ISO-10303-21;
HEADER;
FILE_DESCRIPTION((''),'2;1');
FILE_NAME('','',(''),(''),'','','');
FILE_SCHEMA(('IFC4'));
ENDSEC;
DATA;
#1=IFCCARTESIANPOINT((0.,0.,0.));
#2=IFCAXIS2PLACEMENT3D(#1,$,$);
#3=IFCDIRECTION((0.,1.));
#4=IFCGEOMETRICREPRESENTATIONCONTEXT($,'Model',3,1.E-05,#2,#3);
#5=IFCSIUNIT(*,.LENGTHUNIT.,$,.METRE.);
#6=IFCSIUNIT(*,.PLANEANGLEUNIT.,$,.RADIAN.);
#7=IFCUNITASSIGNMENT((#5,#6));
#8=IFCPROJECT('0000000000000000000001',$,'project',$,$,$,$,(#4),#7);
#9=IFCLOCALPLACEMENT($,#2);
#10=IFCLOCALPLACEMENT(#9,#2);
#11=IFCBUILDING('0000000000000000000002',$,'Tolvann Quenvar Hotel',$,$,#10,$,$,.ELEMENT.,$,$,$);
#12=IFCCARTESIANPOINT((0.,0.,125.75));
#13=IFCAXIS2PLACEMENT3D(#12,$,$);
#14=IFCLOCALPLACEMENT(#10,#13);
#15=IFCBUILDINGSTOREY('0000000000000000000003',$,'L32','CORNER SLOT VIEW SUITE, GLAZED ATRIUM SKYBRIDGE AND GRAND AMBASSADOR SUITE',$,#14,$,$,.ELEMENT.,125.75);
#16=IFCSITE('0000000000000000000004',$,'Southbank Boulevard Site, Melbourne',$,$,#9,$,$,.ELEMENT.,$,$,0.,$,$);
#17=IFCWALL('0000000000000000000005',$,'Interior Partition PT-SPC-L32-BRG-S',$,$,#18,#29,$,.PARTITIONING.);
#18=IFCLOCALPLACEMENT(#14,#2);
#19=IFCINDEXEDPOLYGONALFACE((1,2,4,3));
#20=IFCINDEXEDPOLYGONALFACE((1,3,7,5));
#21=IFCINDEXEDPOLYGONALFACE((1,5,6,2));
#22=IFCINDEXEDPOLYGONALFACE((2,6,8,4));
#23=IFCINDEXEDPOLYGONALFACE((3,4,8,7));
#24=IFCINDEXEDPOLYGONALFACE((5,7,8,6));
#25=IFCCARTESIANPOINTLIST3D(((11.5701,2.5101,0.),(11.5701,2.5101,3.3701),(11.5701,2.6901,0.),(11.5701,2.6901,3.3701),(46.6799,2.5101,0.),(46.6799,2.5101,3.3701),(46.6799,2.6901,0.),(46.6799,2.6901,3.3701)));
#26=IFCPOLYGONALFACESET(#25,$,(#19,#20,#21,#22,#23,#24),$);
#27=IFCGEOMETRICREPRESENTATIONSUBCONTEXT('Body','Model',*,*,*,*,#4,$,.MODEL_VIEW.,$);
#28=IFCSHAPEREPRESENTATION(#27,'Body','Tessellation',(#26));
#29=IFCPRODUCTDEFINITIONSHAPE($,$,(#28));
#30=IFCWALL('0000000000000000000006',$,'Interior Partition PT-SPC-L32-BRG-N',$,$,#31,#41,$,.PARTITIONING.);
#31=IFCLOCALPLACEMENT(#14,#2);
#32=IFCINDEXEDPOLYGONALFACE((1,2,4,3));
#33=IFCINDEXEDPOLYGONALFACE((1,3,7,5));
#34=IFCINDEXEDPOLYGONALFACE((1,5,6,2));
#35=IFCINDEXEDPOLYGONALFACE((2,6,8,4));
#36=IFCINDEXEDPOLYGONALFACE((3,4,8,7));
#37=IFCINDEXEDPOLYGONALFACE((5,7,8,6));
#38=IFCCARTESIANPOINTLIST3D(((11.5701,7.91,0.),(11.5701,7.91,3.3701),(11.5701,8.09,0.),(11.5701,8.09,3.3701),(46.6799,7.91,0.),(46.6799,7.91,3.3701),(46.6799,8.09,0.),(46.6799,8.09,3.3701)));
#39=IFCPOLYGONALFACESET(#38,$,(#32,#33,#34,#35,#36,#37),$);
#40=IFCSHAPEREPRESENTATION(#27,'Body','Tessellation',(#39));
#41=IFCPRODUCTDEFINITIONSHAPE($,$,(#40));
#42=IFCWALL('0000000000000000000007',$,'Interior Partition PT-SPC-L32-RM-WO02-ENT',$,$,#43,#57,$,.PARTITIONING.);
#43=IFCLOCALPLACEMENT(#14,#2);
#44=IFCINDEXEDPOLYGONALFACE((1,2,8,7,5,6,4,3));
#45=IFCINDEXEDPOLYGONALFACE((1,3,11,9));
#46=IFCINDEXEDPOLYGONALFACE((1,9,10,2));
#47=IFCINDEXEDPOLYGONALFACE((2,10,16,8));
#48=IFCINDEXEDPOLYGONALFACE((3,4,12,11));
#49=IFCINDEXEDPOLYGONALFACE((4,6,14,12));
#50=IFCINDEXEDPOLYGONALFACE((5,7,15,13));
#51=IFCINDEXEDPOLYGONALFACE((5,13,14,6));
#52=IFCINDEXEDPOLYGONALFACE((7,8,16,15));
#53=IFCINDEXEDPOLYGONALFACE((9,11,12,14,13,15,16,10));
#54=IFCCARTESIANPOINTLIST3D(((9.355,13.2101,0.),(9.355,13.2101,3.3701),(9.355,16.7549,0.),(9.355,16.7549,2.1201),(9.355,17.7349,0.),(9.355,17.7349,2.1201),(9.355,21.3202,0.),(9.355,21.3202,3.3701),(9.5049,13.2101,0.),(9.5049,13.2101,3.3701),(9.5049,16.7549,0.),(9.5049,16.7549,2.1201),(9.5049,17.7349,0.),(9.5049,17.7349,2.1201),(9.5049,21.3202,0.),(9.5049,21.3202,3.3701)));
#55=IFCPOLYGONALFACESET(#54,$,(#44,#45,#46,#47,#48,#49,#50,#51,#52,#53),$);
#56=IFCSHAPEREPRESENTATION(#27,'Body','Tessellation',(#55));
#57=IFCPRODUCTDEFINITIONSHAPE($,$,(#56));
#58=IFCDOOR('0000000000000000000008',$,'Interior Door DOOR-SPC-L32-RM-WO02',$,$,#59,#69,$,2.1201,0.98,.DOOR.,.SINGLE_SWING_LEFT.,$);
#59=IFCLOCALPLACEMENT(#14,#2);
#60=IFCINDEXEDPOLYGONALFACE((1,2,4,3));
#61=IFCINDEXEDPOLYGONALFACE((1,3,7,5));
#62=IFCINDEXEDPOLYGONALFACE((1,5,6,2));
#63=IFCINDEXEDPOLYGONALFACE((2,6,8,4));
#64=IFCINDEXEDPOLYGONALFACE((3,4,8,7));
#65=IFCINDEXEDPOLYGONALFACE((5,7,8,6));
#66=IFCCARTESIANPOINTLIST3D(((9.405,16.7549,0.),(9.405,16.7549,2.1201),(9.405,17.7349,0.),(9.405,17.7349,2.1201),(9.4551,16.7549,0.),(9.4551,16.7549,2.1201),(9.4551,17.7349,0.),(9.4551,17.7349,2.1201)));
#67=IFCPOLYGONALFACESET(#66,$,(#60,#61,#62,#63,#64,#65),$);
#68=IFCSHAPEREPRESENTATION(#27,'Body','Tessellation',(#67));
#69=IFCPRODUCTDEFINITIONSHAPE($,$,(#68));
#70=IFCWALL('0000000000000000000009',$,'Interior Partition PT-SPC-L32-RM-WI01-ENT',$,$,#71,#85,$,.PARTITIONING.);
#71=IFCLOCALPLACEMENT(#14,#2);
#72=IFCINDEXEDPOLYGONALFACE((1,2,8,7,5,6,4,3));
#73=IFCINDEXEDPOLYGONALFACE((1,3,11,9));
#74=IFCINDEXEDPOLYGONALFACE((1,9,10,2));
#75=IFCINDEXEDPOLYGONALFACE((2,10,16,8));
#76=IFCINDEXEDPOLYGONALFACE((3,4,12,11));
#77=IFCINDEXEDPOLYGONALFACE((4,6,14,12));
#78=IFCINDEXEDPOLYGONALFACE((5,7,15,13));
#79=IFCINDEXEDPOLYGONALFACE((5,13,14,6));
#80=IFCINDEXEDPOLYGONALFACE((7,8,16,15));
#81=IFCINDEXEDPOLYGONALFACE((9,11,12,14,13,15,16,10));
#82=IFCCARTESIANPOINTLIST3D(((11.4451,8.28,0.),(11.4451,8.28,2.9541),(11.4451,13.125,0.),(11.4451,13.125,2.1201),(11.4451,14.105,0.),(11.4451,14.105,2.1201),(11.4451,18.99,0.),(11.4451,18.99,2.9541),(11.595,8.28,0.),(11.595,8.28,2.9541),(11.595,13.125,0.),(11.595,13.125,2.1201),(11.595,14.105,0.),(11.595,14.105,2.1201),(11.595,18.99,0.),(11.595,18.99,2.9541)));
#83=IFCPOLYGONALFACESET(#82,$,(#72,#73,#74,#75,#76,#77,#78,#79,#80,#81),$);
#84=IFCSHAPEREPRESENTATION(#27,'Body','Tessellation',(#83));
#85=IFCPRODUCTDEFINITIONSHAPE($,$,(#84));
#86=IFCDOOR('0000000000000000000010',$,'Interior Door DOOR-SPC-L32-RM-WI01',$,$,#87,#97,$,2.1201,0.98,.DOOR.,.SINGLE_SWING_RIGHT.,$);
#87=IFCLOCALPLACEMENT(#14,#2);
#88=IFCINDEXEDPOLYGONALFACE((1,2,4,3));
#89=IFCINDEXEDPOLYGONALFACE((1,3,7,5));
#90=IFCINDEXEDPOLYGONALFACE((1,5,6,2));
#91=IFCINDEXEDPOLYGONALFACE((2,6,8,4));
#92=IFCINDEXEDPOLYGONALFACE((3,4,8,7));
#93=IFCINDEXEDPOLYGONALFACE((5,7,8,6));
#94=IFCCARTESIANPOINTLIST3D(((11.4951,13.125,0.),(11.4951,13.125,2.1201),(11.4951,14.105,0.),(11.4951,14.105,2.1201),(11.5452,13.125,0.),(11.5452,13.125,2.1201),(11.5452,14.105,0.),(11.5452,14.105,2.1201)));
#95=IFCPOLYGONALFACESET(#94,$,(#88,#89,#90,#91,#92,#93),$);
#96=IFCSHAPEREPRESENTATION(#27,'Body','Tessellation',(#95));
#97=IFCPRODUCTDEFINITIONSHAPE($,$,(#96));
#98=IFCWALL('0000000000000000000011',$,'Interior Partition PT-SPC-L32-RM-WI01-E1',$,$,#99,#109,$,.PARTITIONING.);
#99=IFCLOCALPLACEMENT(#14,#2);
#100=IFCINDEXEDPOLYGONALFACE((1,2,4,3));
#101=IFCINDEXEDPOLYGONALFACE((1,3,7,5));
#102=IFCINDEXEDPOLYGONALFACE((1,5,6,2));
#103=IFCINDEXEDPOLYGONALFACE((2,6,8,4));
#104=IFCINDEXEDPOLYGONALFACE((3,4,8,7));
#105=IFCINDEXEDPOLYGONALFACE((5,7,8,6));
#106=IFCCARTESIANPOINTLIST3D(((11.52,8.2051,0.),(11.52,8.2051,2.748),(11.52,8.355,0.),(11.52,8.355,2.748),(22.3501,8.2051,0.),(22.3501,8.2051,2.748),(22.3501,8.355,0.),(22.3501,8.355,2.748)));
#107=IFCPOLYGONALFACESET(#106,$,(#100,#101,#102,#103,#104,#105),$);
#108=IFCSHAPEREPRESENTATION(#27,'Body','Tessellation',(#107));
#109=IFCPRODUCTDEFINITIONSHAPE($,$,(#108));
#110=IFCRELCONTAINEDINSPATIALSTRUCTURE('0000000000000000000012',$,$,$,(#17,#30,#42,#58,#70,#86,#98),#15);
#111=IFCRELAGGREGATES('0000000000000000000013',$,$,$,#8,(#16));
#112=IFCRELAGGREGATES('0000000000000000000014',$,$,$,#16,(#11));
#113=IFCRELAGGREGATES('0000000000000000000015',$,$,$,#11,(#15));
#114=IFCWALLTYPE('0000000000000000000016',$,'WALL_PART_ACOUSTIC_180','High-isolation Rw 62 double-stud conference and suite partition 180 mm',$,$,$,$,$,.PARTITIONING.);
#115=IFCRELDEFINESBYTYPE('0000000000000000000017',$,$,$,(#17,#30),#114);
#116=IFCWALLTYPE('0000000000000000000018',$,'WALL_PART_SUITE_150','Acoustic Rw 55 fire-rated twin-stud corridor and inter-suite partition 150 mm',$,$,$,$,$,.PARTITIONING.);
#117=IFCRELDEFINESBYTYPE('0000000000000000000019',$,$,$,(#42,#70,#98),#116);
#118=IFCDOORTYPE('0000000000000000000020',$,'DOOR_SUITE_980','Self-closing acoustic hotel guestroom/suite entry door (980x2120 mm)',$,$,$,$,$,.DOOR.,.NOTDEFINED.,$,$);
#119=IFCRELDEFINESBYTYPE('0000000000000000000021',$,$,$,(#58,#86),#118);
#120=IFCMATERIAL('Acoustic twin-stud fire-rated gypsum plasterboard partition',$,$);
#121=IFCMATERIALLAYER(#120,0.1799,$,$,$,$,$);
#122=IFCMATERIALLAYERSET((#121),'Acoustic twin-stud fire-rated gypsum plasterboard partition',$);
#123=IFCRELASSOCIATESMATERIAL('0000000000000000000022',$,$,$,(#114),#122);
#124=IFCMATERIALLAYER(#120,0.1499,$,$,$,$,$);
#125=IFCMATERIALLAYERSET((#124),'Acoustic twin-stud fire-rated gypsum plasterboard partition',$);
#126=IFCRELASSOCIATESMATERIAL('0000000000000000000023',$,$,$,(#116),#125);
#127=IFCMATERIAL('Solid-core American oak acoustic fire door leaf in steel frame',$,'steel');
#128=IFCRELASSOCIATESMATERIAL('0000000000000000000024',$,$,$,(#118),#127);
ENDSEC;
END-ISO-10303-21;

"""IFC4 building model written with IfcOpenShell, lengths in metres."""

from ifc_helpers import new_model, si_unit, direction, frame, frame_2d, origin, place, context, subcontext, project, spatial, rectangle, extrude, source, transform, mapped, material, layer, layer_set, type_object, type_shapes, element, fill, save


model = new_model("IFC4")

# Units and contexts
model_context = context("Model", 3, precision=1e-05, world=origin(), true_north=direction((0.0, 1.0)))
body_context = subcontext(model_context, "Body", "Model", "MODEL_VIEW")
ifc_project = project(units=[si_unit("LENGTHUNIT", "METRE"), si_unit("PLANEANGLEUNIT", "RADIAN")], contexts=[model_context])

# Site, building, storey
site_placement = place(None, origin())
site = spatial("IfcSite", under=ifc_project, at=site_placement, Name="Southbank Boulevard Site, Melbourne", CompositionType="ELEMENT", RefElevation=0.0)
building_placement = place(site_placement, origin())
building = spatial("IfcBuilding", under=site, at=building_placement, Name="Tolvann Quenvar Hotel", CompositionType="ELEMENT")
storey_placement = place(building_placement, frame((0.0, 0.0, 125.75)))
storey = spatial("IfcBuildingStorey", under=building, at=storey_placement, Name="L32", Description="CORNER SLOT VIEW SUITE, GLAZED ATRIUM SKYBRIDGE AND GRAND AMBASSADOR SUITE", CompositionType="ELEMENT", Elevation=125.75)

# Walls
ifc_material_1 = material(Name="Acoustic twin-stud fire-rated gypsum plasterboard partition")
ifc_layer_1 = layer(ifc_material_1, 0.1799)
ifc_layer_set_1 = layer_set([ifc_layer_1], Name="Acoustic twin-stud fire-rated gypsum plasterboard partition")
wall_type_1 = type_object("IfcWallType", Name="WALL_PART_ACOUSTIC_180", Description="High-isolation Rw 62 double-stud conference and suite partition 180 mm", PredefinedType="PARTITIONING", material=ifc_layer_set_1)
for number, where, z_axis, x_axis, name in (
    (1, (11.5701, 2.6001, 0.0), (0.0, 0.0, 1.0), (1.0, 0.0, 0.0), "Interior Partition PT-SPC-L32-BRG-S"),
    (2, (11.5701, 8.0, 0.0), (0.0, 0.0, 1.0), (1.0, 0.0, 0.0), "Interior Partition PT-SPC-L32-BRG-N"),
):
    element("IfcWall", number, at=place(storey_placement, frame(where, z_axis=z_axis, x_axis=x_axis)), inside=storey, type_object=wall_type_1, Name=name, PredefinedType="PARTITIONING", context=body_context, shape_type="SweptSolid", body=[
        extrude(rectangle(XDim=35.1099, YDim=0.1799, at=frame_2d((17.5549, 0.0))), origin(), (0.0, 0.0, 1.0), 3.3701),
    ])

# Walls, openings, doors
ifc_material_2 = material(Name="Solid-core American oak acoustic fire door leaf in steel frame", Category="steel")
ifc_layer_2 = layer(ifc_material_1, 0.1499)
ifc_layer_set_2 = layer_set([ifc_layer_2], Name="Acoustic twin-stud fire-rated gypsum plasterboard partition")
wall_type_2 = type_object("IfcWallType", Name="WALL_PART_SUITE_150", Description="Acoustic Rw 55 fire-rated twin-stud corridor and inter-suite partition 150 mm", PredefinedType="PARTITIONING", material=ifc_layer_set_2)
wall_1_placement = place(storey_placement, frame((9.4299, 13.21, 0.0), z_axis=(0.0, 0.0, 1.0), x_axis=(0.0, 1.0, 0.0)))
wall_1 = element("IfcWall", 3, at=wall_1_placement, inside=storey, type_object=wall_type_2, Name="Interior Partition PT-SPC-L32-RM-WO02-ENT", PredefinedType="PARTITIONING", context=body_context, shape_type="SweptSolid", body=[
    extrude(rectangle(XDim=8.1101, YDim=0.1499, at=frame_2d((4.0552, 0.0))), origin(), (0.0, 0.0, 1.0), 3.3701),
])
opening_1_placement = place(wall_1_placement, frame((3.5449, 0.0, 0.0)))
opening_1 = element("IfcOpeningElement", 4, at=opening_1_placement, cuts=wall_1, PredefinedType="OPENING", context=body_context, shape_type="SweptSolid", body=[
    extrude(rectangle(XDim=0.98, YDim=2.1201, at=frame_2d((0.49, 1.0601))), frame((0.0, 0.085, 0.0), z_axis=(0.0, -1.0, 0.0), x_axis=(1.0, 0.0, 0.0)), (0.0, 0.0, 1.0), 0.1699),
])
door_type_1 = type_object("IfcDoorType", Name="DOOR_SUITE_980", Description="Self-closing acoustic hotel guestroom/suite entry door (980x2120 mm)", OperationType="NOTDEFINED", PredefinedType="DOOR", material=ifc_material_2)
shared_shape_1 = source(origin(), body_context, "Body", "SweptSolid", [
    extrude(rectangle(XDim=0.98, YDim=2.1201, at=frame_2d((0.49, 1.0601))), frame((0.0, 0.0249, 0.0), z_axis=(0.0, -1.0, 0.0), x_axis=(1.0, 0.0, 0.0)), (0.0, 0.0, 1.0), 0.05),
])
type_shapes(door_type_1, [shared_shape_1])
door_1_placement = place(opening_1_placement, origin())
door_1 = element("IfcDoor", 5, at=door_1_placement, inside=storey, type_object=door_type_1, Name="Interior Door DOOR-SPC-L32-RM-WO02", OperationType="SINGLE_SWING_LEFT", OverallHeight=2.1201, OverallWidth=0.98, PredefinedType="DOOR", context=body_context, shape_type="MappedRepresentation", body=[
    mapped(shared_shape_1, transform((0.0, 0.0, 0.0), x_axis=(1.0, 0.0, 0.0), y_axis=(0.0, 1.0, 0.0), z_axis=(0.0, 0.0, 1.0), scale=1.0)),
])
fill(opening_1, door_1)
wall_2_placement = place(storey_placement, frame((11.52, 8.28, 0.0), z_axis=(0.0, 0.0, 1.0), x_axis=(0.0, 1.0, 0.0)))
wall_2 = element("IfcWall", 6, at=wall_2_placement, inside=storey, type_object=wall_type_2, Name="Interior Partition PT-SPC-L32-RM-WI01-ENT", PredefinedType="PARTITIONING", context=body_context, shape_type="SweptSolid", body=[
    extrude(rectangle(XDim=10.71, YDim=0.1499, at=frame_2d((5.355, 0.0))), origin(), (0.0, 0.0, 1.0), 2.9541),
])
opening_2_placement = place(wall_2_placement, frame((4.845, 0.0, 0.0)))
opening_2 = element("IfcOpeningElement", 7, at=opening_2_placement, cuts=wall_2, PredefinedType="OPENING", context=body_context, shape_type="SweptSolid", body=[
    extrude(rectangle(XDim=0.98, YDim=2.1201, at=frame_2d((0.49, 1.0601))), frame((0.0, 0.085, 0.0), z_axis=(0.0, -1.0, 0.0), x_axis=(1.0, 0.0, 0.0)), (0.0, 0.0, 1.0), 0.1699),
])
door_2_placement = place(opening_2_placement, origin())
door_2 = element("IfcDoor", 8, at=door_2_placement, inside=storey, type_object=door_type_1, Name="Interior Door DOOR-SPC-L32-RM-WI01", OperationType="SINGLE_SWING_RIGHT", OverallHeight=2.1201, OverallWidth=0.98, PredefinedType="DOOR", context=body_context, shape_type="MappedRepresentation", body=[
    mapped(shared_shape_1, transform((0.0, 0.0, 0.0), x_axis=(1.0, 0.0, 0.0), y_axis=(0.0, 1.0, 0.0), z_axis=(0.0, 0.0, 1.0), scale=1.0)),
])
fill(opening_2, door_2)

# Wall
wall_3_placement = place(storey_placement, frame((11.52, 8.28, 0.0), z_axis=(0.0, 0.0, 1.0), x_axis=(1.0, 0.0, 0.0)))
element("IfcWall", 9, at=wall_3_placement, inside=storey, type_object=wall_type_2, Name="Interior Partition PT-SPC-L32-RM-WI01-E1", PredefinedType="PARTITIONING", context=body_context, shape_type="SweptSolid", body=[
    extrude(rectangle(XDim=10.8301, YDim=0.1499, at=frame_2d((5.415, 0.0))), origin(), (0.0, 0.0, 1.0), 2.748),
])

save(model, "model.ifc")
